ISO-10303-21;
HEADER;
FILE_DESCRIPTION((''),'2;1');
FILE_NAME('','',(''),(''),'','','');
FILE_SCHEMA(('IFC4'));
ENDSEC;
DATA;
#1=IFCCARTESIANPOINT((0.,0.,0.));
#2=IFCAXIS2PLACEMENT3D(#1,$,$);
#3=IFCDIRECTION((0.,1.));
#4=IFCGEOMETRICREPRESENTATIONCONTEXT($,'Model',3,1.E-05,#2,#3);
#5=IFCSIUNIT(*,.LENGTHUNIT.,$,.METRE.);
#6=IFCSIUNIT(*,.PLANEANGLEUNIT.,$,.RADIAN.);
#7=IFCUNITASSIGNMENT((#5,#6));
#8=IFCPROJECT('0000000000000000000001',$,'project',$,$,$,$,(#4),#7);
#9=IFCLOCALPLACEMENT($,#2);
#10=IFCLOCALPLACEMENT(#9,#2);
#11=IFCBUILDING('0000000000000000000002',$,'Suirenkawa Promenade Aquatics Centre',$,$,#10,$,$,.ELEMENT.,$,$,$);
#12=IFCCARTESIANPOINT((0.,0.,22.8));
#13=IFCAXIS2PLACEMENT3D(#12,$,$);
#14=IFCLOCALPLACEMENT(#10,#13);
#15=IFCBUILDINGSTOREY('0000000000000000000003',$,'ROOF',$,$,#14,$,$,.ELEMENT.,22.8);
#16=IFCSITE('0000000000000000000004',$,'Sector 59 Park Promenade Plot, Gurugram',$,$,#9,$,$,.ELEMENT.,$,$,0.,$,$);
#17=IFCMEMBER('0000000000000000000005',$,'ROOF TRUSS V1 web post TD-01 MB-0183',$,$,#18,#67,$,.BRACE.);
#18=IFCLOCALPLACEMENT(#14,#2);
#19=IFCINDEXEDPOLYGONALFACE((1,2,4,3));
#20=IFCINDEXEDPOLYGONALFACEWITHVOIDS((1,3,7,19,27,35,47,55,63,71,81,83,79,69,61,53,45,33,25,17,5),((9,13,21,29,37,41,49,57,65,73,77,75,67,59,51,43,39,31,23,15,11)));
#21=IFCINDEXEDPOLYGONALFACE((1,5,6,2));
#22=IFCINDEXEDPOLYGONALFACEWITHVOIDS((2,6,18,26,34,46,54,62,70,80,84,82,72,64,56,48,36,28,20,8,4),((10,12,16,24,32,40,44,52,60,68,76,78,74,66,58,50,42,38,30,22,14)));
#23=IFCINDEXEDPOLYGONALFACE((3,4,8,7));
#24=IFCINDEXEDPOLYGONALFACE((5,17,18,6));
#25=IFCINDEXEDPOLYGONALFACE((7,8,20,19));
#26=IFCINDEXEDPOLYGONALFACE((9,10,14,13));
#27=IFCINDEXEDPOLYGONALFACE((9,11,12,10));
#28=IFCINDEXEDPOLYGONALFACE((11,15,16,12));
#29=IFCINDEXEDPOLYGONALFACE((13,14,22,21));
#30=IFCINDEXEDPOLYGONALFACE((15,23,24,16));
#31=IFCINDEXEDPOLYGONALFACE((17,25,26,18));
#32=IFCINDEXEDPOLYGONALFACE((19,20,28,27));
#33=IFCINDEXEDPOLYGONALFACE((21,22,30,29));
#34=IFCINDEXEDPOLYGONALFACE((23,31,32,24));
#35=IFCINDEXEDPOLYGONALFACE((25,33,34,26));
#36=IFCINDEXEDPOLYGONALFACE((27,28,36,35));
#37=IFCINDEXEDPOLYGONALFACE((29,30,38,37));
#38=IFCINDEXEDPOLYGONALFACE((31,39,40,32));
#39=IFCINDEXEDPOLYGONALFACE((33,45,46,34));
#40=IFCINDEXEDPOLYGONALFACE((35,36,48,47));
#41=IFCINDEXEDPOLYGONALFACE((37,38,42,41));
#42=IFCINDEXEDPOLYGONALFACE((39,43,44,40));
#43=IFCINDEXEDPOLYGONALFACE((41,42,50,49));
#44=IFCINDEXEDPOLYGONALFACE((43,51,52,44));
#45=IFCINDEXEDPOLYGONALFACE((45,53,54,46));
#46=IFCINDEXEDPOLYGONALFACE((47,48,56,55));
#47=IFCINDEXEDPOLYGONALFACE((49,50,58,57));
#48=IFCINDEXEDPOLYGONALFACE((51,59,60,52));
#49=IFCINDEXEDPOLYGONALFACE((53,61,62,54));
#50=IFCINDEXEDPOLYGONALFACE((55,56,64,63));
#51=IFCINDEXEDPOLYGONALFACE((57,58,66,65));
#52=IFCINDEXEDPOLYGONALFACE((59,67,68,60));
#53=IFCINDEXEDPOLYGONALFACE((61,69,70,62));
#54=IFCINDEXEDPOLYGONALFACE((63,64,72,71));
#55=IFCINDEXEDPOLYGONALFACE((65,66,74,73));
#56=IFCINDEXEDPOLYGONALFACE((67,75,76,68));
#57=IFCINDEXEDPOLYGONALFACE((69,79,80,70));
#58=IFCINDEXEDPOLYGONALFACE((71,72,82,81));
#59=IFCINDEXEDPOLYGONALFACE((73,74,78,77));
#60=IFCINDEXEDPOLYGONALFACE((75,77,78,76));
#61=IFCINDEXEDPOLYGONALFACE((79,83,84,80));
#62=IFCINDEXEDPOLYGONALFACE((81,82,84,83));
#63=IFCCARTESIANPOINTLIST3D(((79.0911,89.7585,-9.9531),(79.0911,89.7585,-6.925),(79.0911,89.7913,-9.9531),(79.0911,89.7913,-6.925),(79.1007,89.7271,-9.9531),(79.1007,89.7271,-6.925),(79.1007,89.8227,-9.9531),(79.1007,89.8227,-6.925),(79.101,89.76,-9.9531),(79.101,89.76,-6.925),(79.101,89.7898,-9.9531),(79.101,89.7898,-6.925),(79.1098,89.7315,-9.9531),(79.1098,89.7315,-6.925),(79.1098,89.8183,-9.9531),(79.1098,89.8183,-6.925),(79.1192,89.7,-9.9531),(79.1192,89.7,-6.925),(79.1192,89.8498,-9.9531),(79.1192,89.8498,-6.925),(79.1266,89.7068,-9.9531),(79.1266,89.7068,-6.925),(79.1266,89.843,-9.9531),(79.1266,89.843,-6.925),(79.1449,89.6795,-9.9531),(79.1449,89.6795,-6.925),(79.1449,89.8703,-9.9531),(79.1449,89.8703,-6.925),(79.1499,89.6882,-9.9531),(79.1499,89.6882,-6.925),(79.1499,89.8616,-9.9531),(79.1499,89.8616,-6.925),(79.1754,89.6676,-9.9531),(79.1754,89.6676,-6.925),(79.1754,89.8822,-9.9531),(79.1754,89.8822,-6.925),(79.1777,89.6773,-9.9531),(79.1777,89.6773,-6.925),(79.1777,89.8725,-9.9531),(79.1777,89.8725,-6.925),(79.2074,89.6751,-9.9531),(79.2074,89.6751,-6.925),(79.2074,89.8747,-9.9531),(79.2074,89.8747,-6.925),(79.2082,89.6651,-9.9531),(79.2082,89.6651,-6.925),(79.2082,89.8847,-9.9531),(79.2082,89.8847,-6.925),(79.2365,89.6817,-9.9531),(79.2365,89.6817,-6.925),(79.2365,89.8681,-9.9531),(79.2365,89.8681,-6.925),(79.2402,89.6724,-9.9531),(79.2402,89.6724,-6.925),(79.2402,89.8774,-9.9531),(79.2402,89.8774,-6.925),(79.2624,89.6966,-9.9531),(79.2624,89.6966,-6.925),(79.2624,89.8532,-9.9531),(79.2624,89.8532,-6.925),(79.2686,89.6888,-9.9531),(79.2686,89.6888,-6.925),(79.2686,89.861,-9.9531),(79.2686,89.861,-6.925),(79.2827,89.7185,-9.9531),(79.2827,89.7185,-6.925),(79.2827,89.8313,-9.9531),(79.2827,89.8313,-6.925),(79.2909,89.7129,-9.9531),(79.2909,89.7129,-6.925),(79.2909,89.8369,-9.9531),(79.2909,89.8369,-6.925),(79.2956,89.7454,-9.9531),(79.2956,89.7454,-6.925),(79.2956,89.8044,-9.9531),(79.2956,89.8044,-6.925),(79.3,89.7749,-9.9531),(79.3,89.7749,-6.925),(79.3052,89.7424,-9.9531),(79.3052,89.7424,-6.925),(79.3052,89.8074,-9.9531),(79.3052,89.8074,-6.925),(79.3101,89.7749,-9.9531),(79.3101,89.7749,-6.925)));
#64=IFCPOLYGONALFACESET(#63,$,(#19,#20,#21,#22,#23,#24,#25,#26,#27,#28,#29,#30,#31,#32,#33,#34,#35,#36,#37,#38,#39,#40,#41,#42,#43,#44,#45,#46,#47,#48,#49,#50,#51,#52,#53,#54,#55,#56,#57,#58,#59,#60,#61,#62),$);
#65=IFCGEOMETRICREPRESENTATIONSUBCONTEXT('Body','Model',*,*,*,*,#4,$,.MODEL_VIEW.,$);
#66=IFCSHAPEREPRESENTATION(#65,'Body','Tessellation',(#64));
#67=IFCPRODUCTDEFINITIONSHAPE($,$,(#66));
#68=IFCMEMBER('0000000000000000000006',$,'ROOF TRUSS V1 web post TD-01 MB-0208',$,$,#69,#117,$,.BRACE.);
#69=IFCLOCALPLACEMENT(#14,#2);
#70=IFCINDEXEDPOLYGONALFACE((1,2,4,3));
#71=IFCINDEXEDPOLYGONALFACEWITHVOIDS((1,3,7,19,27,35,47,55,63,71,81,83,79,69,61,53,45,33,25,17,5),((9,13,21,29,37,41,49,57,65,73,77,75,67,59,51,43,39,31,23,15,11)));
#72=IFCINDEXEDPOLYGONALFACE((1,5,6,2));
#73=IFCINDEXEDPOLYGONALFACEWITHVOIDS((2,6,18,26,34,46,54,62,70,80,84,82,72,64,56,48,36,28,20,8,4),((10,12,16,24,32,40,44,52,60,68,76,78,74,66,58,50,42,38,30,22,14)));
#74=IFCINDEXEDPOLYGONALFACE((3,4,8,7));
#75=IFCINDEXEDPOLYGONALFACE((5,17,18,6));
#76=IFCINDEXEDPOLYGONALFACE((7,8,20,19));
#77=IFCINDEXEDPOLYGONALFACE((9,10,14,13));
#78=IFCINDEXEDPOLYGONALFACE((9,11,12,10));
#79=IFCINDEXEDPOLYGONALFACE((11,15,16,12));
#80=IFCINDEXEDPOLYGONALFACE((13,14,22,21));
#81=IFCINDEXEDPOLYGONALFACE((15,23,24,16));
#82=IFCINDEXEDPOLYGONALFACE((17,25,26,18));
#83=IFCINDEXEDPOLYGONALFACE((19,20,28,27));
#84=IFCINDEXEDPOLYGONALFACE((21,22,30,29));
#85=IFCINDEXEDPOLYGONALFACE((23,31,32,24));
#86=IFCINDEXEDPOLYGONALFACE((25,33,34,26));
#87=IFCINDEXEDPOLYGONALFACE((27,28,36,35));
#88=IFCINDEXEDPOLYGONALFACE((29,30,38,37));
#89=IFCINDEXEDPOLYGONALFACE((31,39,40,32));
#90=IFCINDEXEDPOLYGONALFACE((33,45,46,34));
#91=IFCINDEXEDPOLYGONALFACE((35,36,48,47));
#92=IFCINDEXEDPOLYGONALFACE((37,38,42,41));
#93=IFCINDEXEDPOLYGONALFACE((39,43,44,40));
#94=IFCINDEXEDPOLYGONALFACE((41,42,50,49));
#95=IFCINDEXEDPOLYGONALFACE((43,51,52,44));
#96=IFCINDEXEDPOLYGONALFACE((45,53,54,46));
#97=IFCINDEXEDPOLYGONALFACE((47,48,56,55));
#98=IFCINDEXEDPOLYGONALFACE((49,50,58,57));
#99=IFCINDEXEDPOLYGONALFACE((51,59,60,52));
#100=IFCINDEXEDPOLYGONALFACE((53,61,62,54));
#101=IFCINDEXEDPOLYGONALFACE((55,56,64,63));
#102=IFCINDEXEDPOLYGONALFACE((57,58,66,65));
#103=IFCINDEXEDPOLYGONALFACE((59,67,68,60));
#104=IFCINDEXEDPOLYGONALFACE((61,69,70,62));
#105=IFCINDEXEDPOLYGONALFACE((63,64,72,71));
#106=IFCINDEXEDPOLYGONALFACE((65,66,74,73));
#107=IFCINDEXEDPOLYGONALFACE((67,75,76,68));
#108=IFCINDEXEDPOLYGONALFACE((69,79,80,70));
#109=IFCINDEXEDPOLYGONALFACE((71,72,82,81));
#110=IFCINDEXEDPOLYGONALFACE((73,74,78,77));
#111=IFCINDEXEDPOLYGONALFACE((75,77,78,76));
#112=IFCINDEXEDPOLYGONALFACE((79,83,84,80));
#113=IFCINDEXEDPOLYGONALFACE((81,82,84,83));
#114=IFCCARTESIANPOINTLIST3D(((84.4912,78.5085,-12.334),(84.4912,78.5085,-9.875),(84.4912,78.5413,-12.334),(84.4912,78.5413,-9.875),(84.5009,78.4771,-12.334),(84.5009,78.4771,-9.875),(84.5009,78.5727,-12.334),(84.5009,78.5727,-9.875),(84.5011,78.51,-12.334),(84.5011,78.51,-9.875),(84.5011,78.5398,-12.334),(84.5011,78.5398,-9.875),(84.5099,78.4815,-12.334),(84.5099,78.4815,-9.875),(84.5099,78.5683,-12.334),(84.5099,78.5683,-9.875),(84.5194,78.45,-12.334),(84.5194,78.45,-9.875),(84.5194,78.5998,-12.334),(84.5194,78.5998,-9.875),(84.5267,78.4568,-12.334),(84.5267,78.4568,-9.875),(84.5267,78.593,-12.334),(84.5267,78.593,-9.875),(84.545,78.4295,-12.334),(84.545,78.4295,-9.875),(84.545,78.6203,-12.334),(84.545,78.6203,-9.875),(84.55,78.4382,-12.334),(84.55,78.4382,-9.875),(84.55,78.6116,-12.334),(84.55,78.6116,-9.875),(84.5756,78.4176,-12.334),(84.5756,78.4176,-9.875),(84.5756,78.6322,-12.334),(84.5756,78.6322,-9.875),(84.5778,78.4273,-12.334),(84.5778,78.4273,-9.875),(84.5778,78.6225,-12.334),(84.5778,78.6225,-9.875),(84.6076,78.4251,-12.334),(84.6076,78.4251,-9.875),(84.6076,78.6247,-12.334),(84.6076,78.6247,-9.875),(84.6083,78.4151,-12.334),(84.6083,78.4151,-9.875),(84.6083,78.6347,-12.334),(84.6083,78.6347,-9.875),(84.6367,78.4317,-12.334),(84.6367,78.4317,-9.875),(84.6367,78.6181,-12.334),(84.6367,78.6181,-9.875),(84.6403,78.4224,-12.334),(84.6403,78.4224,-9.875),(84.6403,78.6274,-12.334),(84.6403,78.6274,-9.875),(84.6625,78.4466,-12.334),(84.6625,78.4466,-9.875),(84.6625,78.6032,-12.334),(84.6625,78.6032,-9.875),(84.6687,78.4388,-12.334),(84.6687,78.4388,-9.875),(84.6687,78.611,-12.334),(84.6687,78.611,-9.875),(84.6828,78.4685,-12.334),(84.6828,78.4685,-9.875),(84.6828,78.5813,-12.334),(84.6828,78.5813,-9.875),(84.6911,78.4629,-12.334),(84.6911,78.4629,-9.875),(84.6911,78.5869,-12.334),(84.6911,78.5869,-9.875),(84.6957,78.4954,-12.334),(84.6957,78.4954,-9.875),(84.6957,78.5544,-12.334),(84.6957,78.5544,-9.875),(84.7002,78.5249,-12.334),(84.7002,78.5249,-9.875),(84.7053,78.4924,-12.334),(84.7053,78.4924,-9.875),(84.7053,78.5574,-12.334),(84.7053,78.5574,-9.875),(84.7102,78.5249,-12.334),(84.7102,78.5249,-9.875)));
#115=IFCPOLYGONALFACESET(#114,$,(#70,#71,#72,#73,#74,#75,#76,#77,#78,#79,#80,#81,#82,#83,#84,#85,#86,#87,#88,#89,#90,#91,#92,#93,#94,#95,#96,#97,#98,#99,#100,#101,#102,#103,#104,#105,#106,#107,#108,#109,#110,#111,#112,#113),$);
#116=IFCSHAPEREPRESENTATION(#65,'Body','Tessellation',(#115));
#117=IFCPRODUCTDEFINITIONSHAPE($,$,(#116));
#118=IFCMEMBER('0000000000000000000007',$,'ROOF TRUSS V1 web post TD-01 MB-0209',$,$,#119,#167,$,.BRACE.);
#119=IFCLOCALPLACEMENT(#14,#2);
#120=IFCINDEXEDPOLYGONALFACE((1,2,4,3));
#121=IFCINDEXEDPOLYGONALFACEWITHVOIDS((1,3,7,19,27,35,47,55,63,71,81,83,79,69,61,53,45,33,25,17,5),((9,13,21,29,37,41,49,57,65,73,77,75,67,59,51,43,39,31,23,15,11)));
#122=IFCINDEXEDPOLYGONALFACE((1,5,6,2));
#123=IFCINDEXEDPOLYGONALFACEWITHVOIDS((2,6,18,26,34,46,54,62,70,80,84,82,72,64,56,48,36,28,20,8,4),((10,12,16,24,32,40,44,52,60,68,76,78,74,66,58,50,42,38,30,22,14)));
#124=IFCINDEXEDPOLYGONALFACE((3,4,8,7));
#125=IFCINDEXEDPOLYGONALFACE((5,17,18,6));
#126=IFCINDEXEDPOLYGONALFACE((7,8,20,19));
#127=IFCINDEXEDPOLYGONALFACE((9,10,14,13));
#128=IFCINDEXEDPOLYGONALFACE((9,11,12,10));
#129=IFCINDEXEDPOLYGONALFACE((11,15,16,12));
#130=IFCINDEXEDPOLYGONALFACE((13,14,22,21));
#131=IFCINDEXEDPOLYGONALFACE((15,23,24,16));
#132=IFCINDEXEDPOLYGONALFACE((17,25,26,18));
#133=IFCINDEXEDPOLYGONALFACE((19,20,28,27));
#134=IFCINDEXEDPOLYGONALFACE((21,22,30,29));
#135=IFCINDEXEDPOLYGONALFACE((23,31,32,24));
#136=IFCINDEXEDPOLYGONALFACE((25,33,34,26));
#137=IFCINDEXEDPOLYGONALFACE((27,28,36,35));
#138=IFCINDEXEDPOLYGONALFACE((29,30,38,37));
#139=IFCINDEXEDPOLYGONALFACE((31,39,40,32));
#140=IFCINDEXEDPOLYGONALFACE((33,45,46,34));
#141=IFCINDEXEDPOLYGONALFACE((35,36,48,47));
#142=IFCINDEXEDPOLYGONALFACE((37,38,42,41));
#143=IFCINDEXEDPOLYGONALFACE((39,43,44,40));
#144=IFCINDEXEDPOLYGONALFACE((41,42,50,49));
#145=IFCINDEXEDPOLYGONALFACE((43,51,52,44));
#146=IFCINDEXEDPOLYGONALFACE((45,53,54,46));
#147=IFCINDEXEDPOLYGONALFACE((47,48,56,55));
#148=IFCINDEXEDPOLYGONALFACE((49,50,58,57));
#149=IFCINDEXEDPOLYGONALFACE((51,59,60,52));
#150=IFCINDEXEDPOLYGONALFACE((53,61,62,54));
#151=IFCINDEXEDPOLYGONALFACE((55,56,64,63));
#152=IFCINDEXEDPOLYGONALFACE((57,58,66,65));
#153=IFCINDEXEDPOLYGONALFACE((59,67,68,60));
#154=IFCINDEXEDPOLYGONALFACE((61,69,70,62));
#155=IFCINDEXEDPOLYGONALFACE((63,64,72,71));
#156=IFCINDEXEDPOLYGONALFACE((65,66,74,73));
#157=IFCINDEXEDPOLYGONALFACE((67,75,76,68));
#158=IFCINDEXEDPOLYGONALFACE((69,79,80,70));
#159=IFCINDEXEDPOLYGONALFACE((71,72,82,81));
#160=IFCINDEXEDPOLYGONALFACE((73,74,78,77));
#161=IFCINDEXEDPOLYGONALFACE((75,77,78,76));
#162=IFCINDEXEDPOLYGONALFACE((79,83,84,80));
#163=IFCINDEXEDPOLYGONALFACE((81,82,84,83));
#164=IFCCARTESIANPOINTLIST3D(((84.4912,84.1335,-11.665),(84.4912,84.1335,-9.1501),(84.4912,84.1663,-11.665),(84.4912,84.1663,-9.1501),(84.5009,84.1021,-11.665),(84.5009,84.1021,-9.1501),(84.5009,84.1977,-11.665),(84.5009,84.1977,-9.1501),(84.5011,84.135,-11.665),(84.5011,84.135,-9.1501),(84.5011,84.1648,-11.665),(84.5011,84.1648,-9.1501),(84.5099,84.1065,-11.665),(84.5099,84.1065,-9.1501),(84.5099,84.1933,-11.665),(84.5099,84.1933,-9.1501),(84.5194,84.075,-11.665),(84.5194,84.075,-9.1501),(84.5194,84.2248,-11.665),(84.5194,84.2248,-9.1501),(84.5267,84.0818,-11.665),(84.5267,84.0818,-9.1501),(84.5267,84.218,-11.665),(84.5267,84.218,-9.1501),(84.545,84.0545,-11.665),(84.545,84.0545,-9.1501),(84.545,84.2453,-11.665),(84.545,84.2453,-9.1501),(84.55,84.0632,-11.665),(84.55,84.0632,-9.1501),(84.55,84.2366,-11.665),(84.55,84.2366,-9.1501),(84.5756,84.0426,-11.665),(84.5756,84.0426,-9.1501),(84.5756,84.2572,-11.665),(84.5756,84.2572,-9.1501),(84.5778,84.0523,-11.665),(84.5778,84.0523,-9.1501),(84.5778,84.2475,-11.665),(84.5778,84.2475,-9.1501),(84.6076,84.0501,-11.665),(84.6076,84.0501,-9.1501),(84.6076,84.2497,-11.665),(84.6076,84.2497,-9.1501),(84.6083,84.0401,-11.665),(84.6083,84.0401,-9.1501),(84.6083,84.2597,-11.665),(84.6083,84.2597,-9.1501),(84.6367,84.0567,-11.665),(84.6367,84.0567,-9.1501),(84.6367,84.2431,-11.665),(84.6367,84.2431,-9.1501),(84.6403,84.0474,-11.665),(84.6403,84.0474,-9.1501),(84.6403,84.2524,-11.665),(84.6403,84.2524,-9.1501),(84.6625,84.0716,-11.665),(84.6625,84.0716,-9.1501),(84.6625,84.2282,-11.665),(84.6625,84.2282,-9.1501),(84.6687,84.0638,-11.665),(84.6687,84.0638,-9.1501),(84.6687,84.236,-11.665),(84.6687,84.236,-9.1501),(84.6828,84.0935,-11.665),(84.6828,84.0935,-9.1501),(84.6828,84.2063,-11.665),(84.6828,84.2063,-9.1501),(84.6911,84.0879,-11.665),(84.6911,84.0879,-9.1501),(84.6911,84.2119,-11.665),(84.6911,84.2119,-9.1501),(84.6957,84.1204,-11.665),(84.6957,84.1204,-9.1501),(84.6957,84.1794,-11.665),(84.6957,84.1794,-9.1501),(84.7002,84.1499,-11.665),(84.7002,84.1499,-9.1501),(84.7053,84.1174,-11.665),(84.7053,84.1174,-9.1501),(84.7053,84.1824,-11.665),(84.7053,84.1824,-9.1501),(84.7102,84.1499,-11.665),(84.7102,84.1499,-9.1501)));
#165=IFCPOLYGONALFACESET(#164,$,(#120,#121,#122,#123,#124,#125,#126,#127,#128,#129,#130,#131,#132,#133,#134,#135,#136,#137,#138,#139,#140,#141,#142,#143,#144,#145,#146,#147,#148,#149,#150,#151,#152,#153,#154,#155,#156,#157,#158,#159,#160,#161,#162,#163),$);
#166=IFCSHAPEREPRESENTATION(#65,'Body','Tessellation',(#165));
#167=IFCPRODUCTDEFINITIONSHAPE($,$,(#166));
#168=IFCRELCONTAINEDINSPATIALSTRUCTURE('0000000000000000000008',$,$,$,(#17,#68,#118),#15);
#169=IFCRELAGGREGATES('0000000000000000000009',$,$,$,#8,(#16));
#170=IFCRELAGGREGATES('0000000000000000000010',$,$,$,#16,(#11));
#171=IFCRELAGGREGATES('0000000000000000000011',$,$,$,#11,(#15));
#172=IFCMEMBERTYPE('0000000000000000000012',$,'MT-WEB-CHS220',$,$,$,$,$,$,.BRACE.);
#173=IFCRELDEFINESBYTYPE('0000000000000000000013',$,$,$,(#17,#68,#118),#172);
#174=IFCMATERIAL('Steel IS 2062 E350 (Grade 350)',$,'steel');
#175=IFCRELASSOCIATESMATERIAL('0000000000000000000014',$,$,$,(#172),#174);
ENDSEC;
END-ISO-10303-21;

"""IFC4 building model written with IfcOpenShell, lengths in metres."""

from ifc_helpers import new_model, si_unit, direction, frame, origin, origin_2d, place, context, subcontext, project, spatial, hollow_circle, extrude, material, material_profile, profile_set, type_object, element, save


model = new_model("IFC4")

# Units and contexts
model_context = context("Model", 3, precision=1e-05, world=origin(), true_north=direction((0.0, 1.0)))
body_context = subcontext(model_context, "Body", "Model", "MODEL_VIEW")
ifc_project = project(units=[si_unit("LENGTHUNIT", "METRE"), si_unit("PLANEANGLEUNIT", "RADIAN")], contexts=[model_context])

# Site, building, storey
site_placement = place(None, origin())
site = spatial("IfcSite", under=ifc_project, at=site_placement, Name="Sector 59 Park Promenade Plot, Gurugram", CompositionType="ELEMENT", RefElevation=0.0)
building_placement = place(site_placement, origin())
building = spatial("IfcBuilding", under=site, at=building_placement, Name="Suirenkawa Promenade Aquatics Centre", CompositionType="ELEMENT")
storey_placement = place(building_placement, frame((0.0, 0.0, 22.8)))
storey = spatial("IfcBuildingStorey", under=building, at=storey_placement, Name="ROOF", CompositionType="ELEMENT", Elevation=22.8)

# Shared definitions
ifc_material = material(Name="Steel IS 2062 E350 (Grade 350)", Category="steel")

# Members
ifc_material_profile_1 = material_profile(ifc_material, hollow_circle(Radius=0.1101, WallThickness=0.01, at=origin_2d()), Name="CHS 220x10", Category="steel")
ifc_profile_set_1 = profile_set([ifc_material_profile_1], Name="Steel IS 2062 E350 (Grade 350)")
member_type_1 = type_object("IfcMemberType", Name="MT-WEB-CHS220", PredefinedType="BRACE", material=ifc_profile_set_1)
member_1_placement = place(storey_placement, frame((79.2, 89.7749, -9.9531), z_axis=(0.0, 0.0, 1.0), x_axis=(1.0, 0.0, 0.0)))
element("IfcMember", 1, at=member_1_placement, inside=storey, type_object=member_type_1, Name="ROOF TRUSS V1 web post TD-01 MB-0183", PredefinedType="BRACE", context=body_context, shape_type="SweptSolid", body=[
    extrude(hollow_circle(Radius=0.1101, WallThickness=0.01, at=origin_2d()), origin(), (0.0, 0.0, 1.0), 3.0281),
])
member_2_placement = place(storey_placement, frame((84.6001, 78.5249, -12.334), z_axis=(0.0, 0.0, 1.0), x_axis=(1.0, 0.0, 0.0)))
element("IfcMember", 2, at=member_2_placement, inside=storey, type_object=member_type_1, Name="ROOF TRUSS V1 web post TD-01 MB-0208", PredefinedType="BRACE", context=body_context, shape_type="SweptSolid", body=[
    extrude(hollow_circle(Radius=0.1101, WallThickness=0.01, at=origin_2d()), origin(), (0.0, 0.0, 1.0), 2.459),
])
member_3_placement = place(storey_placement, frame((84.6001, 84.1499, -11.665), z_axis=(0.0, 0.0, 1.0), x_axis=(1.0, 0.0, 0.0)))
element("IfcMember", 3, at=member_3_placement, inside=storey, type_object=member_type_1, Name="ROOF TRUSS V1 web post TD-01 MB-0209", PredefinedType="BRACE", context=body_context, shape_type="SweptSolid", body=[
    extrude(hollow_circle(Radius=0.1101, WallThickness=0.01, at=origin_2d()), origin(), (0.0, 0.0, 1.0), 2.5149),
])

save(model, "model.ifc")
